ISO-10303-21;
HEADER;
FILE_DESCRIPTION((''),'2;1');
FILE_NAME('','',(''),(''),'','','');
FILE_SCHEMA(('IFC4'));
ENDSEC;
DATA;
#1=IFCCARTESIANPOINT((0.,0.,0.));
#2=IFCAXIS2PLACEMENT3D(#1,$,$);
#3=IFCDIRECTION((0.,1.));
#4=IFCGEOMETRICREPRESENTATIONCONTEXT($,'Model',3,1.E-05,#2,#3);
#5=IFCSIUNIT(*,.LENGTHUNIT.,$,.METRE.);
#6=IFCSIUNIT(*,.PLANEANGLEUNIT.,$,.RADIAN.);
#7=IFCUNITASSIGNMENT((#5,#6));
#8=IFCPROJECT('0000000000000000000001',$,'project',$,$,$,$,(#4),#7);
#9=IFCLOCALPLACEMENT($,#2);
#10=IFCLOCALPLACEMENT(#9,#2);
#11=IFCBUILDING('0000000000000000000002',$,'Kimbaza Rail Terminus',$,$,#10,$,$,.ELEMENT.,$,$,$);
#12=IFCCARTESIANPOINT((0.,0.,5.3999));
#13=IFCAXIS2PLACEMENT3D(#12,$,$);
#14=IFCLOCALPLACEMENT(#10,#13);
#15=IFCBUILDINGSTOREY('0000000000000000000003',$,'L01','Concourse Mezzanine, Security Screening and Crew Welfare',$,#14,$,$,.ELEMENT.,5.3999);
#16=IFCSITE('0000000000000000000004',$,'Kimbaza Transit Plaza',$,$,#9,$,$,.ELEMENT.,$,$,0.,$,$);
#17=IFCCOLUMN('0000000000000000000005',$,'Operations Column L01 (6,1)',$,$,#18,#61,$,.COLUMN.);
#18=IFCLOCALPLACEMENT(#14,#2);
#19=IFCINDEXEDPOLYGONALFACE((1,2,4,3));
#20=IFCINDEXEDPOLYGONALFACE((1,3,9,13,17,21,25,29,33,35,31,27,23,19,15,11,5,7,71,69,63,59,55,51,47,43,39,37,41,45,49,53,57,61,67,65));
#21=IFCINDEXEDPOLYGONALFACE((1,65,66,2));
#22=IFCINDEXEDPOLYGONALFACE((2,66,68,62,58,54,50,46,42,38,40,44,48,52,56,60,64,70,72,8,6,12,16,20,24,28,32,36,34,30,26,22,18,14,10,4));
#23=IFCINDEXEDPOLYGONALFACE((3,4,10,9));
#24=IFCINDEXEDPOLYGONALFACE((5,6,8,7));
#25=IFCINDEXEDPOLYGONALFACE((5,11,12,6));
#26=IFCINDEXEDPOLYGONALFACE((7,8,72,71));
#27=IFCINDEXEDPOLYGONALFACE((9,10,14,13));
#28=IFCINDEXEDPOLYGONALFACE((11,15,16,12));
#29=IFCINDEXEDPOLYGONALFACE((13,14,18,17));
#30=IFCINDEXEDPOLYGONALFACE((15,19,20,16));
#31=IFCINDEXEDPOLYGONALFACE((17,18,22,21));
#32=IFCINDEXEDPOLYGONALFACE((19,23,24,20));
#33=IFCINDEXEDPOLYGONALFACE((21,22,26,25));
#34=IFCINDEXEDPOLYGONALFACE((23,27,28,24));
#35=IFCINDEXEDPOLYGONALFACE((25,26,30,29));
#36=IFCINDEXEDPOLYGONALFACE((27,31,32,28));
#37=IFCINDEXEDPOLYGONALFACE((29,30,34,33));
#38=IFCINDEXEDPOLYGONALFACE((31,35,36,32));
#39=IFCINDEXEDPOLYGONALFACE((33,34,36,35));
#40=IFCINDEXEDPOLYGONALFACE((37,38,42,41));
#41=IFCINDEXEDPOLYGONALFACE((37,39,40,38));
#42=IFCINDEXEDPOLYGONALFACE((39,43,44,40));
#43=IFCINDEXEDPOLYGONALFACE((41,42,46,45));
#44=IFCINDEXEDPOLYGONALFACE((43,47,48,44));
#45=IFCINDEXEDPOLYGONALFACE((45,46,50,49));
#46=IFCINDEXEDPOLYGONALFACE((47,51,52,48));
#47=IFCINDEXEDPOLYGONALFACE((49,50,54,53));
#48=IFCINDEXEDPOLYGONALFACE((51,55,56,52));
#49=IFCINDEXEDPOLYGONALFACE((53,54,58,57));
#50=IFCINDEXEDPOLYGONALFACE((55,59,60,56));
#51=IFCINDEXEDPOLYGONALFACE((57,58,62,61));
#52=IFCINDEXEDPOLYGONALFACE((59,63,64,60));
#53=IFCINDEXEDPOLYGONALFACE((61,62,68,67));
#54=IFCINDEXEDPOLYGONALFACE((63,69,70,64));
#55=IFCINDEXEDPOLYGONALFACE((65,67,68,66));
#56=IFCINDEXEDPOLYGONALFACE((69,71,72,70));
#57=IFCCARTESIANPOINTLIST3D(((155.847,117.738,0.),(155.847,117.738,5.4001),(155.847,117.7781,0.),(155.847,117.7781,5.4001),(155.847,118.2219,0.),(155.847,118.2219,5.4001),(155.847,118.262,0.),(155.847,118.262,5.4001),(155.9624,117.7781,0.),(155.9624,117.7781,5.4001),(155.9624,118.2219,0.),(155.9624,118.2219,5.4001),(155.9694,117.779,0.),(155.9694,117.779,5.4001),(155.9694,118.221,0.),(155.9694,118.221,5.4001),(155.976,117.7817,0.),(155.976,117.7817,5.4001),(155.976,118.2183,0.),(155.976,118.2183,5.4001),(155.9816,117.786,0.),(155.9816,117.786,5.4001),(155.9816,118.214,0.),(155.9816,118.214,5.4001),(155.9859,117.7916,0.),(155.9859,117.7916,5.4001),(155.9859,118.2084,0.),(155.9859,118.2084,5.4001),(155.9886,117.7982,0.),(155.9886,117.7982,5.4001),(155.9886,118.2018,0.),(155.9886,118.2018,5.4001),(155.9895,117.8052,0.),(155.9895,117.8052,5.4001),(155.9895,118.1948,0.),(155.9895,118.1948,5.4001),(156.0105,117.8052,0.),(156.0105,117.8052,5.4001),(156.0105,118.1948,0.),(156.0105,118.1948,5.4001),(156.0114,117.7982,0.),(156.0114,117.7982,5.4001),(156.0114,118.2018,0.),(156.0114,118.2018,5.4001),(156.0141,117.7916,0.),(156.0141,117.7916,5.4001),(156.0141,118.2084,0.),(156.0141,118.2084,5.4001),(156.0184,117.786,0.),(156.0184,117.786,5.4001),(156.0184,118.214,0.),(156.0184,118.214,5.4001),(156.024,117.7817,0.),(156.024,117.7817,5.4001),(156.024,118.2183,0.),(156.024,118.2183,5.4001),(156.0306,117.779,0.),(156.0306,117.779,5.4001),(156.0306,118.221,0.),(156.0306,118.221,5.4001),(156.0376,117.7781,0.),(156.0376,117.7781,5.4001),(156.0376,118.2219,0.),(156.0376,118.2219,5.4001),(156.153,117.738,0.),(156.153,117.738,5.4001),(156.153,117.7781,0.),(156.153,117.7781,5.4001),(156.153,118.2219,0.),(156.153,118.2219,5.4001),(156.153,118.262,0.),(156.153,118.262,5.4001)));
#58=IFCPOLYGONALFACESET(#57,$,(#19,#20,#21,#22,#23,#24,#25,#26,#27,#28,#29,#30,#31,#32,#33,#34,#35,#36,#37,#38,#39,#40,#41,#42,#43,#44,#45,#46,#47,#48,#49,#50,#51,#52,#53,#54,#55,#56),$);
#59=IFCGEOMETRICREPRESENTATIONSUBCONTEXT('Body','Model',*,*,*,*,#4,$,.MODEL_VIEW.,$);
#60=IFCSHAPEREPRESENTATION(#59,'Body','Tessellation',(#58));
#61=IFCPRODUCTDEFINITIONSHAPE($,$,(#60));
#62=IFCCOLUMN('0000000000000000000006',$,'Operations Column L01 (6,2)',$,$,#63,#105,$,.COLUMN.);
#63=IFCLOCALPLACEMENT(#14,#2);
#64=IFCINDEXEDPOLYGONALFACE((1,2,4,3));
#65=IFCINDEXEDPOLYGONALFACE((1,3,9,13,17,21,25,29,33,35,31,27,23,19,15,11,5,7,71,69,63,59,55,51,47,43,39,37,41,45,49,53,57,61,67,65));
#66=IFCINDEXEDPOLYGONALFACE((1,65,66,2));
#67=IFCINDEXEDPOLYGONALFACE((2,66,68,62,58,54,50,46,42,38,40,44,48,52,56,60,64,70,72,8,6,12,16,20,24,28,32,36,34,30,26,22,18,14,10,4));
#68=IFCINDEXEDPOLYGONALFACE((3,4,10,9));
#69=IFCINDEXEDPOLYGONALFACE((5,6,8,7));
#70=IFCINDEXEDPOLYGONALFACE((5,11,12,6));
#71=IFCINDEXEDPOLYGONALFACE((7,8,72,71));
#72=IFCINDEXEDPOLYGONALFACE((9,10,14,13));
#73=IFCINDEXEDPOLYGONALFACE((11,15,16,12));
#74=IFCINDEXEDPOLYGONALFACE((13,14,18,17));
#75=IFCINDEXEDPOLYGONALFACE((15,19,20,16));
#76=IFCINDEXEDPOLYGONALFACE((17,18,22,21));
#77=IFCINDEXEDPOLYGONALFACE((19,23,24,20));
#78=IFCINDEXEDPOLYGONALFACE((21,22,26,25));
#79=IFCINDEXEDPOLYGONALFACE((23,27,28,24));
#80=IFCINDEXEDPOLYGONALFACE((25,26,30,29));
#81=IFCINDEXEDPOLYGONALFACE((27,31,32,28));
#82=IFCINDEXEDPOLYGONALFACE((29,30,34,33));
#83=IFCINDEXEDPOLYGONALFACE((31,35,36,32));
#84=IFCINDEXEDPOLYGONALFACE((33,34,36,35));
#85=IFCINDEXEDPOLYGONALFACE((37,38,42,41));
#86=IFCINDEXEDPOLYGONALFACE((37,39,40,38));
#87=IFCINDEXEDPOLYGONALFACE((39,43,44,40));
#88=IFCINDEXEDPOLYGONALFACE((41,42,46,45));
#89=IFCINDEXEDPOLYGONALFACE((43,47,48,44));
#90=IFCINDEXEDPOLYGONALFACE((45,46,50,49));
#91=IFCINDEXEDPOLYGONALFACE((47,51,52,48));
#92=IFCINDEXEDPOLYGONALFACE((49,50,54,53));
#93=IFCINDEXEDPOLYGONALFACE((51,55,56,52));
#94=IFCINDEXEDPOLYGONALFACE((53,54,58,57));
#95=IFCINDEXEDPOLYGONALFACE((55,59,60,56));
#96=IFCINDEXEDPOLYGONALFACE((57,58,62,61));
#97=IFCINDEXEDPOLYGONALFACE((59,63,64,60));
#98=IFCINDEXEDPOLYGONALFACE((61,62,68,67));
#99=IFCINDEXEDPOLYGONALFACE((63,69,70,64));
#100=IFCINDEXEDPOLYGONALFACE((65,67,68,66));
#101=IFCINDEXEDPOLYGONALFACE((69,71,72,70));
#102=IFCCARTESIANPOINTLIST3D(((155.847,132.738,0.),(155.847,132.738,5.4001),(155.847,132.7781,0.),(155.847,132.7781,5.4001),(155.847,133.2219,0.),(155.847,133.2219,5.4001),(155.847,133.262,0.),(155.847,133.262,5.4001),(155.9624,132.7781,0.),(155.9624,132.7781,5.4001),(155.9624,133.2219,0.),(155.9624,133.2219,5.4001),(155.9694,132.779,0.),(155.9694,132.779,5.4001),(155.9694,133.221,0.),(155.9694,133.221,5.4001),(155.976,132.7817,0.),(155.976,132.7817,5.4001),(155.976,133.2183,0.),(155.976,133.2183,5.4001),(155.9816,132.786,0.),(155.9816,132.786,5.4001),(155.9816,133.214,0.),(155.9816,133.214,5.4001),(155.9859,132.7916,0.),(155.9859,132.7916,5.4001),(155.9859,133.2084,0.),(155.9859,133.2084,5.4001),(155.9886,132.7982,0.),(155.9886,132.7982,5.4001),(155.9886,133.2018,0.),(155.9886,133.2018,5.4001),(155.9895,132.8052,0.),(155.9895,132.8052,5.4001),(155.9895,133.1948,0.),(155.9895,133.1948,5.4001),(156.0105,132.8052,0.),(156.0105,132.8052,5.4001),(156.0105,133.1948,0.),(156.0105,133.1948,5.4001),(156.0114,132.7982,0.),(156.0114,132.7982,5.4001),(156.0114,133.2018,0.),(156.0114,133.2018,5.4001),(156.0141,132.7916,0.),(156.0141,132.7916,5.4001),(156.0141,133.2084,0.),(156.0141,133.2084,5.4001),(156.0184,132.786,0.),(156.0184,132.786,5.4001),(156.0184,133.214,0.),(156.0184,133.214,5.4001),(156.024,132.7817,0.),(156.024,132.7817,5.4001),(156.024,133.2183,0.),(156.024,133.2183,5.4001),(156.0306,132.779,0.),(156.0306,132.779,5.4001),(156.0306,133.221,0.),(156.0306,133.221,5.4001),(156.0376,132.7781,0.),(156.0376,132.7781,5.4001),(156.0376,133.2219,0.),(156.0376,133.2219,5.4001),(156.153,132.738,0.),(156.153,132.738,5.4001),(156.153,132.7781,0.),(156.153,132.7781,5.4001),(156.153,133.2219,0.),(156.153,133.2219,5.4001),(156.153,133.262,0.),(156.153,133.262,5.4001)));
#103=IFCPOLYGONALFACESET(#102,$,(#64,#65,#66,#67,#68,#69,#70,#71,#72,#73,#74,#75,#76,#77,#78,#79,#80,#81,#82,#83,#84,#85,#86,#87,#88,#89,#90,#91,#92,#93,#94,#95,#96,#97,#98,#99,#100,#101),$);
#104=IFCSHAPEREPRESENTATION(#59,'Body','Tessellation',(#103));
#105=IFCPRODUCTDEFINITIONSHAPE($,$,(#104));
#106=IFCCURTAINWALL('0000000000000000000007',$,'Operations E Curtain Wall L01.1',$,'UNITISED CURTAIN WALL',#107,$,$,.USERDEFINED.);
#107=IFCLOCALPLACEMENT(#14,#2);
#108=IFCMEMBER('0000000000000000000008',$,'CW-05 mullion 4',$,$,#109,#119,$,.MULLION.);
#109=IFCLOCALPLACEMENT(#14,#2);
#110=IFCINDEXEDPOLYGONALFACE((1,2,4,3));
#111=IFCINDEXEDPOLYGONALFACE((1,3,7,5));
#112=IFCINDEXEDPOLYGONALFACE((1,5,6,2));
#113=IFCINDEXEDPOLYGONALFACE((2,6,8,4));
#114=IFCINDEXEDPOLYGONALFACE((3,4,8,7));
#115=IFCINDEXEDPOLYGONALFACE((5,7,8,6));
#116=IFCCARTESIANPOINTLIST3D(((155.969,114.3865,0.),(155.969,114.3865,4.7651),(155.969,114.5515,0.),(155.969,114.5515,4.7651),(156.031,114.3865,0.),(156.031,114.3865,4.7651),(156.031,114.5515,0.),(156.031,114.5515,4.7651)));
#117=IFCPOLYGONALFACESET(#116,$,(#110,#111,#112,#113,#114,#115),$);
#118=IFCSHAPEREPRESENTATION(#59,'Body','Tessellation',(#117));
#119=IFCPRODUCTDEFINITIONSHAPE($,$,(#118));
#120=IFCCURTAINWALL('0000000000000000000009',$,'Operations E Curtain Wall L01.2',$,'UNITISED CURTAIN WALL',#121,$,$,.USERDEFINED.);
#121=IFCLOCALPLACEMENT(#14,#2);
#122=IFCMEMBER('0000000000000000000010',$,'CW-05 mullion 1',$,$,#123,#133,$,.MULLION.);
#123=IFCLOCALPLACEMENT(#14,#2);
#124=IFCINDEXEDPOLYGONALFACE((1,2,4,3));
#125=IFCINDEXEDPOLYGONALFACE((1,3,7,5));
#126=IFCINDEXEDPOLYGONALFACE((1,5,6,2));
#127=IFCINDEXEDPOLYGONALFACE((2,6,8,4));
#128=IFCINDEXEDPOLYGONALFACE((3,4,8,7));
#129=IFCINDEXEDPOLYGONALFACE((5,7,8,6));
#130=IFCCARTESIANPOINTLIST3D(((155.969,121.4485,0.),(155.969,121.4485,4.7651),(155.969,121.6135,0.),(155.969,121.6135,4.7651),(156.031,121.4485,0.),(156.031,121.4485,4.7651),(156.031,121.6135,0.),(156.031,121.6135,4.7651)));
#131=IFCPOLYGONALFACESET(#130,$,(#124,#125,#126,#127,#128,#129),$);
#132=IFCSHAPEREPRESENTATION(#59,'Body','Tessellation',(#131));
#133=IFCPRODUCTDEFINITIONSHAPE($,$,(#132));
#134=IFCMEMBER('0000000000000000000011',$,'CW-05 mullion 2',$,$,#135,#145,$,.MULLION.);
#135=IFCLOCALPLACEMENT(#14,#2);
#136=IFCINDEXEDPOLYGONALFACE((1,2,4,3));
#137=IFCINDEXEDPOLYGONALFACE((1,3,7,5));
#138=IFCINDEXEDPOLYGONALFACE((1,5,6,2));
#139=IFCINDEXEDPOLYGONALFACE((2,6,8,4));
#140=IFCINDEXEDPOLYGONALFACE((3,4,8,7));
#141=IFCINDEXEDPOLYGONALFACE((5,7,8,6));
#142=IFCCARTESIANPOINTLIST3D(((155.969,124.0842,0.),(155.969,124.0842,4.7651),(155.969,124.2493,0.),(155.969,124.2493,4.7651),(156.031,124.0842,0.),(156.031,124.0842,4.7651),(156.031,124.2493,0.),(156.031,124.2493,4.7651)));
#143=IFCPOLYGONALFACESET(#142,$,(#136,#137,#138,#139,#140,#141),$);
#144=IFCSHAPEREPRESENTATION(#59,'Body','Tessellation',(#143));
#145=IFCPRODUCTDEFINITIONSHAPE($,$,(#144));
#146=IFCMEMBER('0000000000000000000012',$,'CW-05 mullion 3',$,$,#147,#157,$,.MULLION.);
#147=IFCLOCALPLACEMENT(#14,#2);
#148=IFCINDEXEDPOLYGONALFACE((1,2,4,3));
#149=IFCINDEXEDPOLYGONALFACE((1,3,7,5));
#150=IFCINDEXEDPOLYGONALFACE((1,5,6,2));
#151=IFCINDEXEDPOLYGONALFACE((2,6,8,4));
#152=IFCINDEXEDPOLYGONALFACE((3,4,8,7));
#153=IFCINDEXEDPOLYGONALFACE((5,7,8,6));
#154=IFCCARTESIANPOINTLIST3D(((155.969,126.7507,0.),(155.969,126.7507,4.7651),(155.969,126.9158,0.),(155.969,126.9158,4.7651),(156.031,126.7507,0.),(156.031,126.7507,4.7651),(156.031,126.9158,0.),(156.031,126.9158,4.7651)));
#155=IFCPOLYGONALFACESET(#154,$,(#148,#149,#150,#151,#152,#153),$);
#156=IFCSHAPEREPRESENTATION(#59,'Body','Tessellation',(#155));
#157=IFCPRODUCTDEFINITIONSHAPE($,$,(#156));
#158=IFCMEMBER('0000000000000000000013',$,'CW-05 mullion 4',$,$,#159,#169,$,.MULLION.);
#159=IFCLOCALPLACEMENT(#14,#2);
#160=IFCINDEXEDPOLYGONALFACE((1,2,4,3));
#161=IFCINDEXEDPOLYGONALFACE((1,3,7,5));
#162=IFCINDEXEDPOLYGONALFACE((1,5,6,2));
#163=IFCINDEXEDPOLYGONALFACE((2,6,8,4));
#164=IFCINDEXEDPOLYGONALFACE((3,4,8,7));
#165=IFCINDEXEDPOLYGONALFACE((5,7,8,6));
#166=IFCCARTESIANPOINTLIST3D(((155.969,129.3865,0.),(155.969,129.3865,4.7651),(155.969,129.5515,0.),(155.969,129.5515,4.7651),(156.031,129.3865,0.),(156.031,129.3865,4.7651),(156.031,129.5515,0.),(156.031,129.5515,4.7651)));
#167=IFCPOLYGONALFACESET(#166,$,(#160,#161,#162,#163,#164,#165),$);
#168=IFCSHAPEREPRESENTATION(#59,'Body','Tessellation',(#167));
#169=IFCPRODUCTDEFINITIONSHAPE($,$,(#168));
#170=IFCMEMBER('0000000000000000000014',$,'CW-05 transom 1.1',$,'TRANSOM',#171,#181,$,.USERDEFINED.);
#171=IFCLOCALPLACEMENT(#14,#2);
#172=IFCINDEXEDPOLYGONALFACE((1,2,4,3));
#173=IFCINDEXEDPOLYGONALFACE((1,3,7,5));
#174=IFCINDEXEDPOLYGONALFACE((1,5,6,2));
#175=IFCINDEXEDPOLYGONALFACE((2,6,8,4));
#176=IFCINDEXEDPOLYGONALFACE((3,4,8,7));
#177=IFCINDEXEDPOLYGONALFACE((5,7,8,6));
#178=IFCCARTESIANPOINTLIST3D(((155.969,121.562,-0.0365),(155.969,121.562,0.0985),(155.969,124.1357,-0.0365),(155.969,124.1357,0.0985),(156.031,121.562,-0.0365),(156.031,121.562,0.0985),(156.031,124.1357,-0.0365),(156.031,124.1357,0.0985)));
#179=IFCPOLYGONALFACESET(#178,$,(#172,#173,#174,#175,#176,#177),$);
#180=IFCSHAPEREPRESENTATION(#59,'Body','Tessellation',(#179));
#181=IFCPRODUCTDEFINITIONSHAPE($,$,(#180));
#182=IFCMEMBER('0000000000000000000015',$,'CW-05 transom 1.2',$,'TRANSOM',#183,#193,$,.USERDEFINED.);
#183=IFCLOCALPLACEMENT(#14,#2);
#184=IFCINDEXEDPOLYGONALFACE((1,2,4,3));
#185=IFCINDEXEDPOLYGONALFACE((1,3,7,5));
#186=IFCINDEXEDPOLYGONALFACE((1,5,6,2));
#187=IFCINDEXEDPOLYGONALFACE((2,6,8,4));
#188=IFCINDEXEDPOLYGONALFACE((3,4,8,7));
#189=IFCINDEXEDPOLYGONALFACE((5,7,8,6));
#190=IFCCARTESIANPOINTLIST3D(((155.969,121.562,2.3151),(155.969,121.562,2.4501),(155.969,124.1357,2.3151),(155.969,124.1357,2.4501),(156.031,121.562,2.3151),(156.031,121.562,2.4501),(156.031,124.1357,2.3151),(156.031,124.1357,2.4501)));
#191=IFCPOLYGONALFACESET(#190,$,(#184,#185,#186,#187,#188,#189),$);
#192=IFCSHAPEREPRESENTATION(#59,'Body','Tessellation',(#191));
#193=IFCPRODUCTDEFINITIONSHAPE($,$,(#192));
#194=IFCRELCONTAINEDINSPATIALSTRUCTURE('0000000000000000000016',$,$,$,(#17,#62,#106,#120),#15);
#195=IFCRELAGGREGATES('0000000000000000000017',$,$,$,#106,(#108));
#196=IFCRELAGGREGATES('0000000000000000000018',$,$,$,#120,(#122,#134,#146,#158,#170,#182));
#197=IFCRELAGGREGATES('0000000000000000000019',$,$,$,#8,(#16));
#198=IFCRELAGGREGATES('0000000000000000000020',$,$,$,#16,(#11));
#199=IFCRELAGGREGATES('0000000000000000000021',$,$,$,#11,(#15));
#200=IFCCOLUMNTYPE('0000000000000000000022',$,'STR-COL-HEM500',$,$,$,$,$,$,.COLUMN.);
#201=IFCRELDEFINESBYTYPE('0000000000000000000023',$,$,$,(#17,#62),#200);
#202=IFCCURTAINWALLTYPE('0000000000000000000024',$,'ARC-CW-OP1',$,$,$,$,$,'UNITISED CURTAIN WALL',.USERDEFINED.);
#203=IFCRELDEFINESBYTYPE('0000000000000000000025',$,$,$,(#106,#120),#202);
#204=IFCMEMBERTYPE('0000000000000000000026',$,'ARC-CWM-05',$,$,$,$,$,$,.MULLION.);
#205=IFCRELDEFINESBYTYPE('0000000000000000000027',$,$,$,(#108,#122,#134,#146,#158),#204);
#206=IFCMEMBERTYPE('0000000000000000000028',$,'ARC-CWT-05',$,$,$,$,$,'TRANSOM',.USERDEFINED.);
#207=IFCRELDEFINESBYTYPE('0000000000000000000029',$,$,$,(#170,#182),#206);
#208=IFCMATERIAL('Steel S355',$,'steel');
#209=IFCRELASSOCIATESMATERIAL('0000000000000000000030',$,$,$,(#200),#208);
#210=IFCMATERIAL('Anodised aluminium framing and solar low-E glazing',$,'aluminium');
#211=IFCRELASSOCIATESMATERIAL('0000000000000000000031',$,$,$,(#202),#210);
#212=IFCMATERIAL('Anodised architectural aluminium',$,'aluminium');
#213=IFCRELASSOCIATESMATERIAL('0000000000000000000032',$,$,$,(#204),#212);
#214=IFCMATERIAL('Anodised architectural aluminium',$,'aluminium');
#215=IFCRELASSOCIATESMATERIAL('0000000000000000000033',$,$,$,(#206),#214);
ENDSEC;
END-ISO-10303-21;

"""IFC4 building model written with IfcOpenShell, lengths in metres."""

from ifc_helpers import new_model, si_unit, direction, frame, origin, origin_2d, place, context, subcontext, project, spatial, rectangle, i_section, extrude, material, material_profile, profile_set, type_object, element, aggregate, save


model = new_model("IFC4")

# Units and contexts
model_context = context("Model", 3, precision=1e-05, world=origin(), true_north=direction((0.0, 1.0)))
body_context = subcontext(model_context, "Body", "Model", "MODEL_VIEW")
ifc_project = project(units=[si_unit("LENGTHUNIT", "METRE"), si_unit("PLANEANGLEUNIT", "RADIAN")], contexts=[model_context])

# Site, building, storey
site_placement = place(None, origin())
site = spatial("IfcSite", under=ifc_project, at=site_placement, Name="Kimbaza Transit Plaza", CompositionType="ELEMENT", RefElevation=0.0)
building_placement = place(site_placement, origin())
building = spatial("IfcBuilding", under=site, at=building_placement, Name="Kimbaza Rail Terminus", CompositionType="ELEMENT")
storey_placement = place(building_placement, frame((0.0, 0.0, 5.3999)))
storey = spatial("IfcBuildingStorey", under=building, at=storey_placement, Name="L01", Description="Concourse Mezzanine, Security Screening and Crew Welfare", CompositionType="ELEMENT", Elevation=5.3999)

# Columns
ifc_material_1 = material(Name="Steel S355", Category="steel")
ifc_material_profile_1 = material_profile(ifc_material_1, i_section(OverallWidth=0.3059, OverallDepth=0.5239, WebThickness=0.021, FlangeThickness=0.04, FilletRadius=0.0271, at=origin_2d()), Name="HEM 500")
ifc_profile_set_1 = profile_set([ifc_material_profile_1], Name="Steel S355")
column_type = type_object("IfcColumnType", Name="STR-COL-HEM500", PredefinedType="COLUMN", material=ifc_profile_set_1)
for number, where, z_axis, x_axis, name in (
    (1, (156.0, 118.0, 0.0), (0.0, 0.0, 1.0), (1.0, 0.0, 0.0), "Operations Column L01 (6,1)"),
    (2, (156.0, 133.0, 0.0), (0.0, 0.0, 1.0), (1.0, 0.0, 0.0), "Operations Column L01 (6,2)"),
):
    element("IfcColumn", number, at=place(storey_placement, frame(where, z_axis=z_axis, x_axis=x_axis)), inside=storey, type_object=column_type, Name=name, PredefinedType="COLUMN", context=body_context, shape_type="SweptSolid", body=[
        extrude(i_section(OverallWidth=0.3059, OverallDepth=0.5239, WebThickness=0.021, FlangeThickness=0.04, FilletRadius=0.0271, at=origin_2d()), origin(), (0.0, 0.0, 1.0), 5.4001),
    ])

# Curtain wall, member
ifc_material_2 = material(Name="Anodised aluminium framing and solar low-E glazing", Category="aluminium")
curtain_wall_type = type_object("IfcCurtainWallType", Name="ARC-CW-OP1", ElementType="UNITISED CURTAIN WALL", PredefinedType="USERDEFINED", material=ifc_material_2)
curtain_wall_1_placement = place(storey_placement, origin())
curtain_wall_1 = element("IfcCurtainWall", 3, at=curtain_wall_1_placement, inside=storey, type_object=curtain_wall_type, Name="Operations E Curtain Wall L01.1", ObjectType="UNITISED CURTAIN WALL", PredefinedType="USERDEFINED")
ifc_material_3 = material(Name="Anodised architectural aluminium", Category="aluminium")
ifc_material_profile_2 = material_profile(ifc_material_3, rectangle(XDim=0.062, YDim=0.165, at=origin_2d()), Name="MULLION 62x165")
ifc_profile_set_2 = profile_set([ifc_material_profile_2], Name="Anodised architectural aluminium")
member_type_1 = type_object("IfcMemberType", Name="ARC-CWM-05", PredefinedType="MULLION", material=ifc_profile_set_2)
member_1_placement = place(storey_placement, frame((156.0, 114.469, 0.0), z_axis=(0.0, 0.0, 1.0), x_axis=(-1.0, 0.0, 0.0)))
member_1 = element("IfcMember", 4, at=member_1_placement, type_object=member_type_1, Name="CW-05 mullion 4", PredefinedType="MULLION", context=body_context, shape_type="SweptSolid", body=[
    extrude(rectangle(XDim=0.062, YDim=0.165, at=origin_2d()), origin(), (0.0, 0.0, 1.0), 4.7651),
])

# Curtain wall, members
curtain_wall_2_placement = place(storey_placement, origin())
curtain_wall_2 = element("IfcCurtainWall", 5, at=curtain_wall_2_placement, inside=storey, type_object=curtain_wall_type, Name="Operations E Curtain Wall L01.2", ObjectType="UNITISED CURTAIN WALL", PredefinedType="USERDEFINED")
member_2_placement = place(storey_placement, frame((156.0, 121.531, 0.0), z_axis=(0.0, 0.0, 1.0), x_axis=(-1.0, 0.0, 0.0)))
member_2 = element("IfcMember", 6, at=member_2_placement, type_object=member_type_1, Name="CW-05 mullion 1", PredefinedType="MULLION", context=body_context, shape_type="SweptSolid", body=[
    extrude(rectangle(XDim=0.062, YDim=0.165, at=origin_2d()), origin(), (0.0, 0.0, 1.0), 4.7651),
])
member_3_placement = place(storey_placement, frame((156.0, 124.1667, 0.0), z_axis=(0.0, 0.0, 1.0), x_axis=(-1.0, 0.0, 0.0)))
member_3 = element("IfcMember", 7, at=member_3_placement, type_object=member_type_1, Name="CW-05 mullion 2", PredefinedType="MULLION", context=body_context, shape_type="SweptSolid", body=[
    extrude(rectangle(XDim=0.062, YDim=0.165, at=origin_2d()), origin(), (0.0, 0.0, 1.0), 4.7651),
])
member_4_placement = place(storey_placement, frame((156.0, 126.8333, 0.0), z_axis=(0.0, 0.0, 1.0), x_axis=(-1.0, 0.0, 0.0)))
member_4 = element("IfcMember", 8, at=member_4_placement, type_object=member_type_1, Name="CW-05 mullion 3", PredefinedType="MULLION", context=body_context, shape_type="SweptSolid", body=[
    extrude(rectangle(XDim=0.062, YDim=0.165, at=origin_2d()), origin(), (0.0, 0.0, 1.0), 4.7651),
])
member_5_placement = place(storey_placement, frame((156.0, 129.469, 0.0), z_axis=(0.0, 0.0, 1.0), x_axis=(-1.0, 0.0, 0.0)))
member_5 = element("IfcMember", 9, at=member_5_placement, type_object=member_type_1, Name="CW-05 mullion 4", PredefinedType="MULLION", context=body_context, shape_type="SweptSolid", body=[
    extrude(rectangle(XDim=0.062, YDim=0.165, at=origin_2d()), origin(), (0.0, 0.0, 1.0), 4.7651),
])
ifc_material_4 = material(Name="Anodised architectural aluminium", Category="aluminium")
ifc_material_profile_3 = material_profile(ifc_material_4, rectangle(XDim=0.062, YDim=0.135, at=origin_2d()), Name="TRANSOM 62x135")
ifc_profile_set_3 = profile_set([ifc_material_profile_3], Name="Anodised architectural aluminium")
member_type_2 = type_object("IfcMemberType", Name="ARC-CWT-05", ElementType="TRANSOM", PredefinedType="USERDEFINED", material=ifc_profile_set_3)
member_6_placement = place(storey_placement, frame((156.0, 121.562, 0.031), z_axis=(0.0, 1.0, 0.0), x_axis=(-1.0, 0.0, 0.0)))
member_6 = element("IfcMember", 10, at=member_6_placement, type_object=member_type_2, Name="CW-05 transom 1.1", ObjectType="TRANSOM", PredefinedType="USERDEFINED", context=body_context, shape_type="SweptSolid", body=[
    extrude(rectangle(XDim=0.062, YDim=0.135, at=origin_2d()), origin(), (0.0, 0.0, 1.0), 2.5737),
])
member_7_placement = place(storey_placement, frame((156.0, 121.562, 2.3826), z_axis=(0.0, 1.0, 0.0), x_axis=(-1.0, 0.0, 0.0)))
member_7 = element("IfcMember", 11, at=member_7_placement, type_object=member_type_2, Name="CW-05 transom 1.2", ObjectType="TRANSOM", PredefinedType="USERDEFINED", context=body_context, shape_type="SweptSolid", body=[
    extrude(rectangle(XDim=0.062, YDim=0.135, at=origin_2d()), origin(), (0.0, 0.0, 1.0), 2.5737),
])

aggregate(curtain_wall_1, [member_1])
aggregate(curtain_wall_2, [member_2, member_3, member_4, member_5, member_6, member_7])

save(model, "model.ifc")
